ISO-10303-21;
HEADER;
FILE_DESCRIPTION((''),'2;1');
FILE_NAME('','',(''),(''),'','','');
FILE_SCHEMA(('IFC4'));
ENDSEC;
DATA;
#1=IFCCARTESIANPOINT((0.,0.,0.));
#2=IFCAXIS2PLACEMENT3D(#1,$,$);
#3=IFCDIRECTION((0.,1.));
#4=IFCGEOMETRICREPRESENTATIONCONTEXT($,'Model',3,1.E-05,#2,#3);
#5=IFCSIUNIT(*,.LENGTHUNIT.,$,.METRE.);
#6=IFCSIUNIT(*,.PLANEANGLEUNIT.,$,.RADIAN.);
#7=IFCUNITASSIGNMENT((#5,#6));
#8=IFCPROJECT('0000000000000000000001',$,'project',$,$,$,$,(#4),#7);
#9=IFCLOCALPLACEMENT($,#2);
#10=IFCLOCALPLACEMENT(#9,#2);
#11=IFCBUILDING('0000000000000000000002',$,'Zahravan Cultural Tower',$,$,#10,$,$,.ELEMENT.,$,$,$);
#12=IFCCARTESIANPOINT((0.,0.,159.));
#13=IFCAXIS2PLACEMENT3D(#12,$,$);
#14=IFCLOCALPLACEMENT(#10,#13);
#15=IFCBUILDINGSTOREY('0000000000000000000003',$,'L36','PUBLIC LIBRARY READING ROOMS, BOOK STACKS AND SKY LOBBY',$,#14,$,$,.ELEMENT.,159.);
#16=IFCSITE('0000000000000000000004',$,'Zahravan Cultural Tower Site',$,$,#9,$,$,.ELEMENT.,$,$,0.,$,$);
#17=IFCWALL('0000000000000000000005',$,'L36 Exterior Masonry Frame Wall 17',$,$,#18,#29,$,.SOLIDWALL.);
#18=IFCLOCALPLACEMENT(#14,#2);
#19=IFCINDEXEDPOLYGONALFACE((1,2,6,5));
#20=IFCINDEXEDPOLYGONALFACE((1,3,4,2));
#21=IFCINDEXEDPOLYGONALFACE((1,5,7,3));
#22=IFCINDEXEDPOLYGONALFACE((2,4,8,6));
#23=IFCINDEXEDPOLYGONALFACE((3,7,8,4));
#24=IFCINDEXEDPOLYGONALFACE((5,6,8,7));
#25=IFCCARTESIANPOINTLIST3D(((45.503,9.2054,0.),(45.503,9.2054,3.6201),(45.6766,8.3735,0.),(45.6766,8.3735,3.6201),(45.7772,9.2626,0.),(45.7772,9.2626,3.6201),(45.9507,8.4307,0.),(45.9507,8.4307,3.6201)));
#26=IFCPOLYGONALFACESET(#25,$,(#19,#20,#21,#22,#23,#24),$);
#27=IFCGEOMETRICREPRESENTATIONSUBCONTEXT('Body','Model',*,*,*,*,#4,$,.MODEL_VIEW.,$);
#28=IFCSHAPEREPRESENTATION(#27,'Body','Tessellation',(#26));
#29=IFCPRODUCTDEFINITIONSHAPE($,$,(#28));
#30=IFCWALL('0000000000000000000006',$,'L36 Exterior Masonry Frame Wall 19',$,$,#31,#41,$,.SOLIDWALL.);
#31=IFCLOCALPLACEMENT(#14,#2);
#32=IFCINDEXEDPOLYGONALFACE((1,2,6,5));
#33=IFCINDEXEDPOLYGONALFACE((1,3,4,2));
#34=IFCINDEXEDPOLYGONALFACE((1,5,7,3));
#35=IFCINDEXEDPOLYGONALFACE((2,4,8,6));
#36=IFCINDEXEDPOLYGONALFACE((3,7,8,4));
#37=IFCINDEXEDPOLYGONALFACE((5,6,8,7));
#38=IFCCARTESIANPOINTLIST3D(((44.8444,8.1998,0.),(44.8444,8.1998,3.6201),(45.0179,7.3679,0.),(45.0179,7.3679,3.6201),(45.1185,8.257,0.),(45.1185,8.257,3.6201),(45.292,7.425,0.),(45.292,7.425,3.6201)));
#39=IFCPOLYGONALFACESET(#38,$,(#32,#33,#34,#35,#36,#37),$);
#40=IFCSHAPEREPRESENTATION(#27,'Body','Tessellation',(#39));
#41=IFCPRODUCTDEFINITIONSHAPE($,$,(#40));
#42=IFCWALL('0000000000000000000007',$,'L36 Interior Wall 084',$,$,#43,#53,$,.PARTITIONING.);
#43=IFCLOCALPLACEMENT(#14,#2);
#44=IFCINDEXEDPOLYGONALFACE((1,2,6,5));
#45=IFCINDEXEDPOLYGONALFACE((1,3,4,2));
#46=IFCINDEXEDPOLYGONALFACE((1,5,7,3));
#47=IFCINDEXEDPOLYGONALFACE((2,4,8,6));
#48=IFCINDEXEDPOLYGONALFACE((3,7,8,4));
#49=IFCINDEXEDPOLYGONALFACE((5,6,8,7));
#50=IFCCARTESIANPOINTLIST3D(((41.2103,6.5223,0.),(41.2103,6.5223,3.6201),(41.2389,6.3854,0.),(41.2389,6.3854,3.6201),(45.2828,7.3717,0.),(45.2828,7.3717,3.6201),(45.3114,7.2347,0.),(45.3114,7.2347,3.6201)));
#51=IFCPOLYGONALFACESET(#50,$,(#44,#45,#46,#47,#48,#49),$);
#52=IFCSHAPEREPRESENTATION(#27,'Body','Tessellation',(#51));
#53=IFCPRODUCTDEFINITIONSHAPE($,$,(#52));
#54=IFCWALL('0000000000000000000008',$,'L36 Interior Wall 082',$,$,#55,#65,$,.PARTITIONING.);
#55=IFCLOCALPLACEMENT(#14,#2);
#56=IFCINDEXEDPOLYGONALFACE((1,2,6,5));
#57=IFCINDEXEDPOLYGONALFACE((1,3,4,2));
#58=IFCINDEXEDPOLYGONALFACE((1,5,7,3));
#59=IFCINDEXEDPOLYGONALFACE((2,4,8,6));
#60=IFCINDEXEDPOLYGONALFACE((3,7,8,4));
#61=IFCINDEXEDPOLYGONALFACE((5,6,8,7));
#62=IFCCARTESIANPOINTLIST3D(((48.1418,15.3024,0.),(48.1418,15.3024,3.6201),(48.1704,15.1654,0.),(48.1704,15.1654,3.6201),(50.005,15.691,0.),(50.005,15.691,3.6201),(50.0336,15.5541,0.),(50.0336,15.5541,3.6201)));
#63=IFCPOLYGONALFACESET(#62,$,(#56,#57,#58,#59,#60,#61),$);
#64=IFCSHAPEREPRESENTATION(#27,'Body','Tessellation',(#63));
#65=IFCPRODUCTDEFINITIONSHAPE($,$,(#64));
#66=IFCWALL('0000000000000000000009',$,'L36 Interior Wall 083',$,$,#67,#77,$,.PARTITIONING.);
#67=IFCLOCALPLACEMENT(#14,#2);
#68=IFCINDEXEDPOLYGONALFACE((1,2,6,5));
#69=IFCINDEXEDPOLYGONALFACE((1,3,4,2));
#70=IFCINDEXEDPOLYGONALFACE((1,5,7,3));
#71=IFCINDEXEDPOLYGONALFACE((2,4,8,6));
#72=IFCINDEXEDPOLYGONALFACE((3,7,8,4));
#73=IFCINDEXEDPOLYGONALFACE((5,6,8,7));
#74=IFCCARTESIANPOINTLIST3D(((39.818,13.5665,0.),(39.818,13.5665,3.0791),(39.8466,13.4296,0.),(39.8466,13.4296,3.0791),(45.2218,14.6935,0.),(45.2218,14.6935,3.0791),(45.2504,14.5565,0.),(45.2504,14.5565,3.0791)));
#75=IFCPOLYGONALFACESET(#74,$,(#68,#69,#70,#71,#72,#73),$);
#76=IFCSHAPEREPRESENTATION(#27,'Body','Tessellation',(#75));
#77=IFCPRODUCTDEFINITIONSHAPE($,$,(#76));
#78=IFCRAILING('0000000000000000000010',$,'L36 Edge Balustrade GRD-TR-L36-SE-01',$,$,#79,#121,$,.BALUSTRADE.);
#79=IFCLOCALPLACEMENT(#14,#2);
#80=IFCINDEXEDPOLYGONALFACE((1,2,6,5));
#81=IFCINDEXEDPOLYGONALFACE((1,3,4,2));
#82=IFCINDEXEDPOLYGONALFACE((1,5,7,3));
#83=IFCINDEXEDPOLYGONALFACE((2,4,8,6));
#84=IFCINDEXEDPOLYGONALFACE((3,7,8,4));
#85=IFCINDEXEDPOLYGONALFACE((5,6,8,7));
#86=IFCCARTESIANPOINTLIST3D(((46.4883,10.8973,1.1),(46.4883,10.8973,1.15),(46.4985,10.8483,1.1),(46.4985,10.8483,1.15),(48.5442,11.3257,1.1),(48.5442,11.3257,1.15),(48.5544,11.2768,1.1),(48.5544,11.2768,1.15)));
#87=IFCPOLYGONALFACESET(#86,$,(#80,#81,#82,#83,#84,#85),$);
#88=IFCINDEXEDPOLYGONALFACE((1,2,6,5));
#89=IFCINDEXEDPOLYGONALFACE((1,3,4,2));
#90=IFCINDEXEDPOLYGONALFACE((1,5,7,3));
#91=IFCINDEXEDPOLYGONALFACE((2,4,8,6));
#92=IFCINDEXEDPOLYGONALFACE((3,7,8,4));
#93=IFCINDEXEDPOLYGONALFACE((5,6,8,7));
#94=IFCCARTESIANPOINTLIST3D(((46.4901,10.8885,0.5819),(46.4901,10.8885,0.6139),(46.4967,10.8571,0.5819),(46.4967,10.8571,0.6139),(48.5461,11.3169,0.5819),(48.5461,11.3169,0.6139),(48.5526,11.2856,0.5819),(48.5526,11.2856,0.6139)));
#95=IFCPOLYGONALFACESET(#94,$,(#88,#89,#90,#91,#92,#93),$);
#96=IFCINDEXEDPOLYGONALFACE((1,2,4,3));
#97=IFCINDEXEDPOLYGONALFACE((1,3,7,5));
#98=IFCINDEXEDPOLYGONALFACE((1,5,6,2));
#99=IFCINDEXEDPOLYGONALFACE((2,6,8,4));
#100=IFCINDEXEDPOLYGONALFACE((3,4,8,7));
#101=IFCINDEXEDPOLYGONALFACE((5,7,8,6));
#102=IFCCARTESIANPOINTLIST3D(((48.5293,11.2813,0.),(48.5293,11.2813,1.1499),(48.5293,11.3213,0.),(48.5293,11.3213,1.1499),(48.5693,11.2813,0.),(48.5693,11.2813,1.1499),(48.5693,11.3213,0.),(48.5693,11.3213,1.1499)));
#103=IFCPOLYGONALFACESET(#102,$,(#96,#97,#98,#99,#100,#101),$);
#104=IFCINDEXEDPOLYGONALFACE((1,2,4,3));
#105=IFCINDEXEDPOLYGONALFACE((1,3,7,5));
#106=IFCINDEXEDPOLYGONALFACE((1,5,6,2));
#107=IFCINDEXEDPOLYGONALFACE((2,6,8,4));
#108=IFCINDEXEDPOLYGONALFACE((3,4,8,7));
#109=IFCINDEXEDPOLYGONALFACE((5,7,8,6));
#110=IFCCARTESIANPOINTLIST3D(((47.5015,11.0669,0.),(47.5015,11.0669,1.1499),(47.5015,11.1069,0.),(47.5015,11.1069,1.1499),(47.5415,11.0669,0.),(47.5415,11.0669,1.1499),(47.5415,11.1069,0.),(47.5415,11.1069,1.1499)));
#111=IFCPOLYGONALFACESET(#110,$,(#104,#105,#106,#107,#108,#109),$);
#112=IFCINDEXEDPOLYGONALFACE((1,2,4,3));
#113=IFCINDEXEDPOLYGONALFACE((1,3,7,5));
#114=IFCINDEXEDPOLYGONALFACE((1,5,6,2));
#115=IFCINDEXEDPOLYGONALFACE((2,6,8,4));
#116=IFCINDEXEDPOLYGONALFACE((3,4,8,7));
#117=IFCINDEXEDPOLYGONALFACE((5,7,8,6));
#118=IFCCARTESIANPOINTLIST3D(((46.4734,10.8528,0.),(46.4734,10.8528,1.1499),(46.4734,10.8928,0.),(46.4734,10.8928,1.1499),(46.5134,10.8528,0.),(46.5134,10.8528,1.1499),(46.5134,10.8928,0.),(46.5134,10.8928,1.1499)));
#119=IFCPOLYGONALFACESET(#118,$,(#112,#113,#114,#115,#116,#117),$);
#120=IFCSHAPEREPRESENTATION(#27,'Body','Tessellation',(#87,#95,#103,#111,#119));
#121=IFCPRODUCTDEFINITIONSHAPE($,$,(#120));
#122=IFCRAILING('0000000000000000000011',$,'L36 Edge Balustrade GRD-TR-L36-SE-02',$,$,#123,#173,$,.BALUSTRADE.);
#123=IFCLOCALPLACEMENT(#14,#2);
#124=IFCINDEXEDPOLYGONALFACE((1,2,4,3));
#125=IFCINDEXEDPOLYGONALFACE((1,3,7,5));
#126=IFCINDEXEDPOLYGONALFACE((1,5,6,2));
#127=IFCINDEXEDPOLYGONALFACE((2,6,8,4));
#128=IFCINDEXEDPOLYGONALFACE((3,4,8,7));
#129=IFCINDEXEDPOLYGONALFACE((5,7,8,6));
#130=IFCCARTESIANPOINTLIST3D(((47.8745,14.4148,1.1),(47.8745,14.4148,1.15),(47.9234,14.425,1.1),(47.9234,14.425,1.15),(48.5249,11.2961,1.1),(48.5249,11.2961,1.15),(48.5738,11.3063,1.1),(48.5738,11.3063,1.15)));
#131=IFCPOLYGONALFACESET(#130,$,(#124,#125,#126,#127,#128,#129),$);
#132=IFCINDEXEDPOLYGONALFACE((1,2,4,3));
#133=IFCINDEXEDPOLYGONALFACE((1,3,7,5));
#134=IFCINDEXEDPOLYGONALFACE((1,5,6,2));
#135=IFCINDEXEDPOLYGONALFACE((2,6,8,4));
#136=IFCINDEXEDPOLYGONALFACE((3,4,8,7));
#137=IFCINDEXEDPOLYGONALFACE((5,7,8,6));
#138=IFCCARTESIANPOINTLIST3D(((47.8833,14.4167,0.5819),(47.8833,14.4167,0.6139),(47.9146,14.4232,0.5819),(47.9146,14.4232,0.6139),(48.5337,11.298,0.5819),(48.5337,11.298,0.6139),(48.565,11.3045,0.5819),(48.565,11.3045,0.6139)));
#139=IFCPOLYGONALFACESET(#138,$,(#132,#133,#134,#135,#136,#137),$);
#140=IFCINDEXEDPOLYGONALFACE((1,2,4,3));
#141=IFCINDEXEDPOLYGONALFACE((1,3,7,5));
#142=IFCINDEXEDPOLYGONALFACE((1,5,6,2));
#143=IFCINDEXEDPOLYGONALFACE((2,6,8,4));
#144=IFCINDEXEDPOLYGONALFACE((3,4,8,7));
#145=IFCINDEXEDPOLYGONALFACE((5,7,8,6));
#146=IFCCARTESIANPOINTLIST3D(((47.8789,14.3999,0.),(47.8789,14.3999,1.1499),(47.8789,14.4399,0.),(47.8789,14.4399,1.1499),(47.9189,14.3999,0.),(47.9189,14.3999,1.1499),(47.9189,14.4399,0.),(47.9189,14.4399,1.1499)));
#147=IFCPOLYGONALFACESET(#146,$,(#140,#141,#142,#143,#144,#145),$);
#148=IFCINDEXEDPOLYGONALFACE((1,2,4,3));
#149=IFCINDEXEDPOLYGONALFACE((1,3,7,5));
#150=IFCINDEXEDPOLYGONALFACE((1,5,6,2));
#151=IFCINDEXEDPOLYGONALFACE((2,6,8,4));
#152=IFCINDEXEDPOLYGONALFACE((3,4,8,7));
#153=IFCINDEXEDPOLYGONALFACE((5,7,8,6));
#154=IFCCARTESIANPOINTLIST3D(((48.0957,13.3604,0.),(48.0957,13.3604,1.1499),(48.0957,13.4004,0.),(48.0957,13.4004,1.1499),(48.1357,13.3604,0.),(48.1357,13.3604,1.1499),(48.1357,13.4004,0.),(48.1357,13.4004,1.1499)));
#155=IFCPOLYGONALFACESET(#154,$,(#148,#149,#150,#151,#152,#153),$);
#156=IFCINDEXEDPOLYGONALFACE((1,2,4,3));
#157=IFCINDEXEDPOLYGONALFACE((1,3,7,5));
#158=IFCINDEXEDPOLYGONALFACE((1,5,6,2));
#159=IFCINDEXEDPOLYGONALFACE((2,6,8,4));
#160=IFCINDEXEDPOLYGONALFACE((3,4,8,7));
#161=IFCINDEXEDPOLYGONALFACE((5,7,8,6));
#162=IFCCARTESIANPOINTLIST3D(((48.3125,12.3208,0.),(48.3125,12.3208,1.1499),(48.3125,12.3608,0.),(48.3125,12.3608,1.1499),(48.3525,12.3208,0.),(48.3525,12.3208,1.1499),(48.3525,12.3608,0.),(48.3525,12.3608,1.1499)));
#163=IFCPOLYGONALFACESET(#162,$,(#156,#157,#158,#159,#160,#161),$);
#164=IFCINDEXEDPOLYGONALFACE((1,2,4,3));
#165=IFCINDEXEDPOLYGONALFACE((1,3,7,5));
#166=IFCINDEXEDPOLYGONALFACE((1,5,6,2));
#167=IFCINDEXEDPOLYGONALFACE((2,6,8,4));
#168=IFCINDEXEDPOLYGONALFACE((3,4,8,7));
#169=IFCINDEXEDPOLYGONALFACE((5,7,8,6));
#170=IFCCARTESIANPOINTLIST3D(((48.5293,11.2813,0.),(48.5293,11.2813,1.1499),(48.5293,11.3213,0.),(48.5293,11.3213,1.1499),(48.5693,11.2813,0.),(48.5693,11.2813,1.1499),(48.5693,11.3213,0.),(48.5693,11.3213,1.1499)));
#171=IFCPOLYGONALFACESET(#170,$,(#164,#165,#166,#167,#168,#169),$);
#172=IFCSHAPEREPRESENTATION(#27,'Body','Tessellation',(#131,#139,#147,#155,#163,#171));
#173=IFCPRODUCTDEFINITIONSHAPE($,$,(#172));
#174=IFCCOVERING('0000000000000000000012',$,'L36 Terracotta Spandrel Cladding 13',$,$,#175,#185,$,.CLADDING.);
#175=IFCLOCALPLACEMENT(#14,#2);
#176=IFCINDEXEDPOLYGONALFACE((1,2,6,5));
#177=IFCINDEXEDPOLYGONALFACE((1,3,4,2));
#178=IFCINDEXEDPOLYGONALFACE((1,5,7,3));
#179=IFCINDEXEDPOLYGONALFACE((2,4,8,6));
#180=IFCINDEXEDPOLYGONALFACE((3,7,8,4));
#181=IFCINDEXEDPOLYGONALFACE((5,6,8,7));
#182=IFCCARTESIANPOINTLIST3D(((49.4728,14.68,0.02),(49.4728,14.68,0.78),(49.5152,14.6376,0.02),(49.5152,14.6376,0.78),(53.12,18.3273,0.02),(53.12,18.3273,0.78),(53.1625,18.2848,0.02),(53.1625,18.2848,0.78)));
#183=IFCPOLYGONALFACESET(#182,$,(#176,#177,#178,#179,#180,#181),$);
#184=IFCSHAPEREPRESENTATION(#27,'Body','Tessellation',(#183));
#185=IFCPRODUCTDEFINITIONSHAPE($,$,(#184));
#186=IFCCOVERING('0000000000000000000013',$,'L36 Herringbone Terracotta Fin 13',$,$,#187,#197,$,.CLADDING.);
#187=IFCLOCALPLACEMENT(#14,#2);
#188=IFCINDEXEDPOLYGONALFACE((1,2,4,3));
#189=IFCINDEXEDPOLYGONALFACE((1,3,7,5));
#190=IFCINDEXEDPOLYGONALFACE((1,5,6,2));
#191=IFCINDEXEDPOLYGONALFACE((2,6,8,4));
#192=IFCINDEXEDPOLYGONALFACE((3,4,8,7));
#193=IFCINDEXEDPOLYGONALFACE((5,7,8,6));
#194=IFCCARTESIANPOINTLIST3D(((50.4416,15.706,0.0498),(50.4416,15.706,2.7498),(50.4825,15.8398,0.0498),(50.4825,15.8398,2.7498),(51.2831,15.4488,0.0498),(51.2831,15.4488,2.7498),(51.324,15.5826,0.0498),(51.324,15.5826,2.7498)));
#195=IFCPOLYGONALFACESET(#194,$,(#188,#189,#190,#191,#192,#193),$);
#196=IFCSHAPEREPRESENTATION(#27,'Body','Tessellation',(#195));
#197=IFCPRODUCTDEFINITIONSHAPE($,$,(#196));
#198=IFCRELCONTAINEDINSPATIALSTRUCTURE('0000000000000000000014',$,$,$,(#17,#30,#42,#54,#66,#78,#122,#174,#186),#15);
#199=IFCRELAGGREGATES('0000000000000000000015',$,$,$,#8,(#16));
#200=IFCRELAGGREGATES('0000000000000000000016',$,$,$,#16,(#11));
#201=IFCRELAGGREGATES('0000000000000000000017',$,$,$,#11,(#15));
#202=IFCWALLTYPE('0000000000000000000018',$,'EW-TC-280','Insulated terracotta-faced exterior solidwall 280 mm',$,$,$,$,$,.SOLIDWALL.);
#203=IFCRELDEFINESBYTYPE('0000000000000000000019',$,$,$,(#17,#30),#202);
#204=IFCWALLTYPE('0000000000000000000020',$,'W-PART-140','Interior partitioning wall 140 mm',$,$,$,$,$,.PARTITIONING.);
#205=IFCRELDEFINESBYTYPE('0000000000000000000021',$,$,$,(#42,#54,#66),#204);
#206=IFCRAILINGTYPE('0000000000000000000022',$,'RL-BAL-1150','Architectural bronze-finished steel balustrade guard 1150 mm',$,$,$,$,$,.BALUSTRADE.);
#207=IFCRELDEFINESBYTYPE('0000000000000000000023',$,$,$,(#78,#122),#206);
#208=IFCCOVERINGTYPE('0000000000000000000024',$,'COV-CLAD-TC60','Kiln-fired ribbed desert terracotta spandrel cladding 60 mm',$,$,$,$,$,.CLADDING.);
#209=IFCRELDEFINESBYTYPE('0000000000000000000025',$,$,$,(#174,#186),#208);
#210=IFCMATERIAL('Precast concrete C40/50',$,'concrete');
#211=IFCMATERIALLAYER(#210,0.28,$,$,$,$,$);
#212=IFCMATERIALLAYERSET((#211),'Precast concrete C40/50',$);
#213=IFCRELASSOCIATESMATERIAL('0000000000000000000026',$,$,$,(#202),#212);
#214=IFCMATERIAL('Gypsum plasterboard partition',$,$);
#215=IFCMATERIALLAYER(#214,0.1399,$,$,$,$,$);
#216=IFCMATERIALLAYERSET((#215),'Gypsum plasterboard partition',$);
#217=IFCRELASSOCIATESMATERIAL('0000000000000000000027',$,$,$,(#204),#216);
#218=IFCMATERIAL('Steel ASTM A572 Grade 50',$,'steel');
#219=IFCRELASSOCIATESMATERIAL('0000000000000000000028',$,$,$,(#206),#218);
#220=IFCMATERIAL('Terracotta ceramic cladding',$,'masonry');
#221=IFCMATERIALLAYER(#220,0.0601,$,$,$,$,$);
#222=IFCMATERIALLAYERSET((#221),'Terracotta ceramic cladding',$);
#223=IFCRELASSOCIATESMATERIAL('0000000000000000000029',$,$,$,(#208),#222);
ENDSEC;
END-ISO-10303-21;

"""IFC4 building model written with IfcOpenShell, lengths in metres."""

from ifc_helpers import new_model, si_unit, direction, frame, frame_2d, origin, origin_2d, place, context, subcontext, project, spatial, rectangle, extrude, source, transform, mapped, material, layer, layer_set, type_object, element, save


model = new_model("IFC4")

# Units and contexts
model_context = context("Model", 3, precision=1e-05, world=origin(), true_north=direction((0.0, 1.0)))
body_context = subcontext(model_context, "Body", "Model", "MODEL_VIEW")
ifc_project = project(units=[si_unit("LENGTHUNIT", "METRE"), si_unit("PLANEANGLEUNIT", "RADIAN")], contexts=[model_context])

# Site, building, storey
site_placement = place(None, origin())
site = spatial("IfcSite", under=ifc_project, at=site_placement, Name="Zahravan Cultural Tower Site", CompositionType="ELEMENT", RefElevation=0.0)
building_placement = place(site_placement, origin())
building = spatial("IfcBuilding", under=site, at=building_placement, Name="Zahravan Cultural Tower", CompositionType="ELEMENT")
storey_placement = place(building_placement, frame((0.0, 0.0, 159.0)))
storey = spatial("IfcBuildingStorey", under=building, at=storey_placement, Name="L36", Description="PUBLIC LIBRARY READING ROOMS, BOOK STACKS AND SKY LOBBY", CompositionType="ELEMENT", Elevation=159.0)

# Shared definitions
ifc_material_1 = material(Name="Precast concrete C40/50", Category="concrete")
ifc_layer_1 = layer(ifc_material_1, 0.28)
ifc_layer_set_1 = layer_set([ifc_layer_1], Name="Precast concrete C40/50")
wall_type_1 = type_object("IfcWallType", Name="EW-TC-280", Description="Insulated terracotta-faced exterior solidwall 280 mm", PredefinedType="SOLIDWALL", material=ifc_layer_set_1)

# Walls
shared_shape_1 = source(origin(), body_context, "Body", "SweptSolid", [
    extrude(rectangle(XDim=0.8499, YDim=0.28, at=frame_2d((0.4248, 0.0))), origin(), (0.0, 0.0, 1.0), 3.6201),
])
for number, where, z_axis, x_axis, name in (
    (1, (45.6401, 9.2339, 0.0), (0.0, 0.0, 1.0), (0.20423, -0.978923, 0.0), "L36 Exterior Masonry Frame Wall 17"),
    (2, (44.9814, 8.2283, 0.0), (0.0, 0.0, 1.0), (0.20423, -0.978923, 0.0), "L36 Exterior Masonry Frame Wall 19"),
):
    element("IfcWall", number, at=place(storey_placement, frame(where, z_axis=z_axis, x_axis=x_axis)), inside=storey, type_object=wall_type_1, Name=name, PredefinedType="SOLIDWALL", context=body_context, shape_type="MappedRepresentation", body=[
        mapped(shared_shape_1, transform((0.0, 0.0, 0.0), x_axis=(1.0, 0.0, 0.0), y_axis=(0.0, 1.0, 0.0), z_axis=(0.0, 0.0, 1.0), scale=1.0)),
    ])
ifc_material_2 = material(Name="Gypsum plasterboard partition")
ifc_layer_2 = layer(ifc_material_2, 0.1399)
ifc_layer_set_2 = layer_set([ifc_layer_2], Name="Gypsum plasterboard partition")
wall_type_2 = type_object("IfcWallType", Name="W-PART-140", Description="Interior partitioning wall 140 mm", PredefinedType="PARTITIONING", material=ifc_layer_set_2)
shared_shape_2 = source(origin(), body_context, "Body", "SweptSolid", [
    extrude(rectangle(XDim=4.1602, YDim=0.1399, at=frame_2d((2.0801, 0.0))), origin(), (0.0, 0.0, 1.0), 3.6201),
])
wall_1_placement = place(storey_placement, frame((45.2971, 7.3032, 0.0), z_axis=(0.0, 0.0, 1.0), x_axis=(-0.978936, -0.204168, 0.0)))
element("IfcWall", 3, at=wall_1_placement, inside=storey, type_object=wall_type_2, Name="L36 Interior Wall 084", PredefinedType="PARTITIONING", context=body_context, shape_type="MappedRepresentation", body=[
    mapped(shared_shape_2, transform((0.0, 0.0, 0.0), x_axis=(1.0, 0.0, 0.0), y_axis=(0.0, 1.0, 0.0), z_axis=(0.0, 0.0, 1.0), scale=1.0)),
])
shared_shape_3 = source(origin(), body_context, "Body", "SweptSolid", [
    extrude(rectangle(XDim=1.9033, YDim=0.1399, at=frame_2d((0.9517, 0.0))), origin(), (0.0, 0.0, 1.0), 3.6201),
])
wall_2_placement = place(storey_placement, frame((50.0193, 15.6226, 0.0), z_axis=(0.0, 0.0, 1.0), x_axis=(-0.978929, -0.2042, 0.0)))
element("IfcWall", 4, at=wall_2_placement, inside=storey, type_object=wall_type_2, Name="L36 Interior Wall 082", PredefinedType="PARTITIONING", context=body_context, shape_type="MappedRepresentation", body=[
    mapped(shared_shape_3, transform((0.0, 0.0, 0.0), x_axis=(1.0, 0.0, 0.0), y_axis=(0.0, 1.0, 0.0), z_axis=(0.0, 0.0, 1.0), scale=1.0)),
])
shared_shape_4 = source(origin(), body_context, "Body", "SweptSolid", [
    extrude(rectangle(XDim=5.52, YDim=0.1399, at=frame_2d((2.76, 0.0))), origin(), (0.0, 0.0, 1.0), 3.0791),
])
wall_3_placement = place(storey_placement, frame((45.2361, 14.625, 0.0), z_axis=(0.0, 0.0, 1.0), x_axis=(-0.978938, -0.204156, 0.0)))
element("IfcWall", 5, at=wall_3_placement, inside=storey, type_object=wall_type_2, Name="L36 Interior Wall 083", PredefinedType="PARTITIONING", context=body_context, shape_type="MappedRepresentation", body=[
    mapped(shared_shape_4, transform((0.0, 0.0, 0.0), x_axis=(1.0, 0.0, 0.0), y_axis=(0.0, 1.0, 0.0), z_axis=(0.0, 0.0, 1.0), scale=1.0)),
])

# Railings
ifc_material_3 = material(Name="Steel ASTM A572 Grade 50", Category="steel")
railing_type = type_object("IfcRailingType", Name="RL-BAL-1150", Description="Architectural bronze-finished steel balustrade guard 1150 mm", PredefinedType="BALUSTRADE", material=ifc_material_3)
railing_1_placement = place(storey_placement, frame((48.5493, 11.3013, 0.0)))
element("IfcRailing", 6, at=railing_1_placement, inside=storey, type_object=railing_type, Name="L36 Edge Balustrade GRD-TR-L36-SE-01", PredefinedType="BALUSTRADE", context=body_context, shape_type="SweptSolid", body=[
    extrude(rectangle(XDim=0.05, YDim=0.05, at=origin_2d()), frame((0.0, 0.0, 1.125), z_axis=(-0.978966, -0.204024, 0.0), x_axis=(0.204024, -0.978966, 0.0)), (0.0, 0.0, 1.0), 2.1001),
    extrude(rectangle(XDim=0.032, YDim=0.032, at=origin_2d()), frame((0.0, 0.0, 0.5979), z_axis=(-0.978966, -0.204024, 0.0), x_axis=(0.204024, -0.978966, 0.0)), (0.0, 0.0, 1.0), 2.1001),
    extrude(rectangle(XDim=0.04, YDim=0.04, at=origin_2d()), origin(), (0.0, 0.0, 1.0), 1.1499),
    extrude(rectangle(XDim=0.04, YDim=0.04, at=origin_2d()), frame((-1.0278, -0.2144, 0.0)), (0.0, 0.0, 1.0), 1.1499),
    extrude(rectangle(XDim=0.04, YDim=0.04, at=origin_2d()), frame((-2.0559, -0.4285, 0.0)), (0.0, 0.0, 1.0), 1.1499),
])
railing_2_placement = place(storey_placement, frame((47.8989, 14.4199, 0.0)))
element("IfcRailing", 7, at=railing_2_placement, inside=storey, type_object=railing_type, Name="L36 Edge Balustrade GRD-TR-L36-SE-02", PredefinedType="BALUSTRADE", context=body_context, shape_type="SweptSolid", body=[
    extrude(rectangle(XDim=0.05, YDim=0.05, at=origin_2d()), frame((0.0, 0.0, 1.125), z_axis=(0.204156, -0.978938, 0.0), x_axis=(0.978938, 0.204156, 0.0)), (0.0, 0.0, 1.0), 3.1858),
    extrude(rectangle(XDim=0.032, YDim=0.032, at=origin_2d()), frame((0.0, 0.0, 0.5979), z_axis=(0.204156, -0.978938, 0.0), x_axis=(0.978938, 0.204156, 0.0)), (0.0, 0.0, 1.0), 3.1858),
    extrude(rectangle(XDim=0.04, YDim=0.04, at=origin_2d()), origin(), (0.0, 0.0, 1.0), 1.1499),
    extrude(rectangle(XDim=0.04, YDim=0.04, at=origin_2d()), frame((0.2168, -1.0396, 0.0)), (0.0, 0.0, 1.0), 1.1499),
    extrude(rectangle(XDim=0.04, YDim=0.04, at=origin_2d()), frame((0.4336, -2.0791, 0.0)), (0.0, 0.0, 1.0), 1.1499),
    extrude(rectangle(XDim=0.04, YDim=0.04, at=origin_2d()), frame((0.6504, -3.1187, 0.0)), (0.0, 0.0, 1.0), 1.1499),
])

# Coverings
ifc_material_4 = material(Name="Terracotta ceramic cladding", Category="masonry")
ifc_layer_3 = layer(ifc_material_4, 0.0601)
ifc_layer_set_3 = layer_set([ifc_layer_3], Name="Terracotta ceramic cladding")
covering_type = type_object("IfcCoveringType", Name="COV-CLAD-TC60", Description="Kiln-fired ribbed desert terracotta spandrel cladding 60 mm", PredefinedType="CLADDING", material=ifc_layer_set_3)
shared_shape_5 = source(origin(), body_context, "Body", "SweptSolid", [
    extrude(rectangle(XDim=5.158, YDim=0.0601, at=origin_2d()), origin(), (0.0, 0.0, 1.0), 0.76),
])
covering_1_placement = place(storey_placement, frame((51.3176, 16.4824, 0.02), z_axis=(0.0, 0.0, 1.0), x_axis=(-0.707107, -0.707107, 0.0)))
element("IfcCovering", 8, at=covering_1_placement, inside=storey, type_object=covering_type, Name="L36 Terracotta Spandrel Cladding 13", PredefinedType="CLADDING", context=body_context, shape_type="MappedRepresentation", body=[
    mapped(shared_shape_5, transform((0.0, 0.0, 0.0), x_axis=(1.0, 0.0, 0.0), y_axis=(0.0, 1.0, 0.0), z_axis=(0.0, 0.0, 1.0), scale=1.0)),
])
shared_shape_6 = source(origin(), body_context, "Body", "SweptSolid", [
    extrude(rectangle(XDim=0.8799, YDim=0.1399, at=origin_2d()), origin(), (0.0, 0.0, 1.0), 2.7),
])
for number, where, z_axis, x_axis, name in (
    (9, (50.8828, 15.6443, 0.0498), (0.0, 0.0, 1.0), (0.956305, -0.292372, 0.0), "L36 Herringbone Terracotta Fin 13"),
):
    element("IfcCovering", number, at=place(storey_placement, frame(where, z_axis=z_axis, x_axis=x_axis)), inside=storey, type_object=covering_type, Name=name, PredefinedType="CLADDING", context=body_context, shape_type="MappedRepresentation", body=[
        mapped(shared_shape_6, transform((0.0, 0.0, 0.0), x_axis=(1.0, 0.0, 0.0), y_axis=(0.0, 1.0, 0.0), z_axis=(0.0, 0.0, 1.0), scale=1.0)),
    ])

save(model, "model.ifc")
